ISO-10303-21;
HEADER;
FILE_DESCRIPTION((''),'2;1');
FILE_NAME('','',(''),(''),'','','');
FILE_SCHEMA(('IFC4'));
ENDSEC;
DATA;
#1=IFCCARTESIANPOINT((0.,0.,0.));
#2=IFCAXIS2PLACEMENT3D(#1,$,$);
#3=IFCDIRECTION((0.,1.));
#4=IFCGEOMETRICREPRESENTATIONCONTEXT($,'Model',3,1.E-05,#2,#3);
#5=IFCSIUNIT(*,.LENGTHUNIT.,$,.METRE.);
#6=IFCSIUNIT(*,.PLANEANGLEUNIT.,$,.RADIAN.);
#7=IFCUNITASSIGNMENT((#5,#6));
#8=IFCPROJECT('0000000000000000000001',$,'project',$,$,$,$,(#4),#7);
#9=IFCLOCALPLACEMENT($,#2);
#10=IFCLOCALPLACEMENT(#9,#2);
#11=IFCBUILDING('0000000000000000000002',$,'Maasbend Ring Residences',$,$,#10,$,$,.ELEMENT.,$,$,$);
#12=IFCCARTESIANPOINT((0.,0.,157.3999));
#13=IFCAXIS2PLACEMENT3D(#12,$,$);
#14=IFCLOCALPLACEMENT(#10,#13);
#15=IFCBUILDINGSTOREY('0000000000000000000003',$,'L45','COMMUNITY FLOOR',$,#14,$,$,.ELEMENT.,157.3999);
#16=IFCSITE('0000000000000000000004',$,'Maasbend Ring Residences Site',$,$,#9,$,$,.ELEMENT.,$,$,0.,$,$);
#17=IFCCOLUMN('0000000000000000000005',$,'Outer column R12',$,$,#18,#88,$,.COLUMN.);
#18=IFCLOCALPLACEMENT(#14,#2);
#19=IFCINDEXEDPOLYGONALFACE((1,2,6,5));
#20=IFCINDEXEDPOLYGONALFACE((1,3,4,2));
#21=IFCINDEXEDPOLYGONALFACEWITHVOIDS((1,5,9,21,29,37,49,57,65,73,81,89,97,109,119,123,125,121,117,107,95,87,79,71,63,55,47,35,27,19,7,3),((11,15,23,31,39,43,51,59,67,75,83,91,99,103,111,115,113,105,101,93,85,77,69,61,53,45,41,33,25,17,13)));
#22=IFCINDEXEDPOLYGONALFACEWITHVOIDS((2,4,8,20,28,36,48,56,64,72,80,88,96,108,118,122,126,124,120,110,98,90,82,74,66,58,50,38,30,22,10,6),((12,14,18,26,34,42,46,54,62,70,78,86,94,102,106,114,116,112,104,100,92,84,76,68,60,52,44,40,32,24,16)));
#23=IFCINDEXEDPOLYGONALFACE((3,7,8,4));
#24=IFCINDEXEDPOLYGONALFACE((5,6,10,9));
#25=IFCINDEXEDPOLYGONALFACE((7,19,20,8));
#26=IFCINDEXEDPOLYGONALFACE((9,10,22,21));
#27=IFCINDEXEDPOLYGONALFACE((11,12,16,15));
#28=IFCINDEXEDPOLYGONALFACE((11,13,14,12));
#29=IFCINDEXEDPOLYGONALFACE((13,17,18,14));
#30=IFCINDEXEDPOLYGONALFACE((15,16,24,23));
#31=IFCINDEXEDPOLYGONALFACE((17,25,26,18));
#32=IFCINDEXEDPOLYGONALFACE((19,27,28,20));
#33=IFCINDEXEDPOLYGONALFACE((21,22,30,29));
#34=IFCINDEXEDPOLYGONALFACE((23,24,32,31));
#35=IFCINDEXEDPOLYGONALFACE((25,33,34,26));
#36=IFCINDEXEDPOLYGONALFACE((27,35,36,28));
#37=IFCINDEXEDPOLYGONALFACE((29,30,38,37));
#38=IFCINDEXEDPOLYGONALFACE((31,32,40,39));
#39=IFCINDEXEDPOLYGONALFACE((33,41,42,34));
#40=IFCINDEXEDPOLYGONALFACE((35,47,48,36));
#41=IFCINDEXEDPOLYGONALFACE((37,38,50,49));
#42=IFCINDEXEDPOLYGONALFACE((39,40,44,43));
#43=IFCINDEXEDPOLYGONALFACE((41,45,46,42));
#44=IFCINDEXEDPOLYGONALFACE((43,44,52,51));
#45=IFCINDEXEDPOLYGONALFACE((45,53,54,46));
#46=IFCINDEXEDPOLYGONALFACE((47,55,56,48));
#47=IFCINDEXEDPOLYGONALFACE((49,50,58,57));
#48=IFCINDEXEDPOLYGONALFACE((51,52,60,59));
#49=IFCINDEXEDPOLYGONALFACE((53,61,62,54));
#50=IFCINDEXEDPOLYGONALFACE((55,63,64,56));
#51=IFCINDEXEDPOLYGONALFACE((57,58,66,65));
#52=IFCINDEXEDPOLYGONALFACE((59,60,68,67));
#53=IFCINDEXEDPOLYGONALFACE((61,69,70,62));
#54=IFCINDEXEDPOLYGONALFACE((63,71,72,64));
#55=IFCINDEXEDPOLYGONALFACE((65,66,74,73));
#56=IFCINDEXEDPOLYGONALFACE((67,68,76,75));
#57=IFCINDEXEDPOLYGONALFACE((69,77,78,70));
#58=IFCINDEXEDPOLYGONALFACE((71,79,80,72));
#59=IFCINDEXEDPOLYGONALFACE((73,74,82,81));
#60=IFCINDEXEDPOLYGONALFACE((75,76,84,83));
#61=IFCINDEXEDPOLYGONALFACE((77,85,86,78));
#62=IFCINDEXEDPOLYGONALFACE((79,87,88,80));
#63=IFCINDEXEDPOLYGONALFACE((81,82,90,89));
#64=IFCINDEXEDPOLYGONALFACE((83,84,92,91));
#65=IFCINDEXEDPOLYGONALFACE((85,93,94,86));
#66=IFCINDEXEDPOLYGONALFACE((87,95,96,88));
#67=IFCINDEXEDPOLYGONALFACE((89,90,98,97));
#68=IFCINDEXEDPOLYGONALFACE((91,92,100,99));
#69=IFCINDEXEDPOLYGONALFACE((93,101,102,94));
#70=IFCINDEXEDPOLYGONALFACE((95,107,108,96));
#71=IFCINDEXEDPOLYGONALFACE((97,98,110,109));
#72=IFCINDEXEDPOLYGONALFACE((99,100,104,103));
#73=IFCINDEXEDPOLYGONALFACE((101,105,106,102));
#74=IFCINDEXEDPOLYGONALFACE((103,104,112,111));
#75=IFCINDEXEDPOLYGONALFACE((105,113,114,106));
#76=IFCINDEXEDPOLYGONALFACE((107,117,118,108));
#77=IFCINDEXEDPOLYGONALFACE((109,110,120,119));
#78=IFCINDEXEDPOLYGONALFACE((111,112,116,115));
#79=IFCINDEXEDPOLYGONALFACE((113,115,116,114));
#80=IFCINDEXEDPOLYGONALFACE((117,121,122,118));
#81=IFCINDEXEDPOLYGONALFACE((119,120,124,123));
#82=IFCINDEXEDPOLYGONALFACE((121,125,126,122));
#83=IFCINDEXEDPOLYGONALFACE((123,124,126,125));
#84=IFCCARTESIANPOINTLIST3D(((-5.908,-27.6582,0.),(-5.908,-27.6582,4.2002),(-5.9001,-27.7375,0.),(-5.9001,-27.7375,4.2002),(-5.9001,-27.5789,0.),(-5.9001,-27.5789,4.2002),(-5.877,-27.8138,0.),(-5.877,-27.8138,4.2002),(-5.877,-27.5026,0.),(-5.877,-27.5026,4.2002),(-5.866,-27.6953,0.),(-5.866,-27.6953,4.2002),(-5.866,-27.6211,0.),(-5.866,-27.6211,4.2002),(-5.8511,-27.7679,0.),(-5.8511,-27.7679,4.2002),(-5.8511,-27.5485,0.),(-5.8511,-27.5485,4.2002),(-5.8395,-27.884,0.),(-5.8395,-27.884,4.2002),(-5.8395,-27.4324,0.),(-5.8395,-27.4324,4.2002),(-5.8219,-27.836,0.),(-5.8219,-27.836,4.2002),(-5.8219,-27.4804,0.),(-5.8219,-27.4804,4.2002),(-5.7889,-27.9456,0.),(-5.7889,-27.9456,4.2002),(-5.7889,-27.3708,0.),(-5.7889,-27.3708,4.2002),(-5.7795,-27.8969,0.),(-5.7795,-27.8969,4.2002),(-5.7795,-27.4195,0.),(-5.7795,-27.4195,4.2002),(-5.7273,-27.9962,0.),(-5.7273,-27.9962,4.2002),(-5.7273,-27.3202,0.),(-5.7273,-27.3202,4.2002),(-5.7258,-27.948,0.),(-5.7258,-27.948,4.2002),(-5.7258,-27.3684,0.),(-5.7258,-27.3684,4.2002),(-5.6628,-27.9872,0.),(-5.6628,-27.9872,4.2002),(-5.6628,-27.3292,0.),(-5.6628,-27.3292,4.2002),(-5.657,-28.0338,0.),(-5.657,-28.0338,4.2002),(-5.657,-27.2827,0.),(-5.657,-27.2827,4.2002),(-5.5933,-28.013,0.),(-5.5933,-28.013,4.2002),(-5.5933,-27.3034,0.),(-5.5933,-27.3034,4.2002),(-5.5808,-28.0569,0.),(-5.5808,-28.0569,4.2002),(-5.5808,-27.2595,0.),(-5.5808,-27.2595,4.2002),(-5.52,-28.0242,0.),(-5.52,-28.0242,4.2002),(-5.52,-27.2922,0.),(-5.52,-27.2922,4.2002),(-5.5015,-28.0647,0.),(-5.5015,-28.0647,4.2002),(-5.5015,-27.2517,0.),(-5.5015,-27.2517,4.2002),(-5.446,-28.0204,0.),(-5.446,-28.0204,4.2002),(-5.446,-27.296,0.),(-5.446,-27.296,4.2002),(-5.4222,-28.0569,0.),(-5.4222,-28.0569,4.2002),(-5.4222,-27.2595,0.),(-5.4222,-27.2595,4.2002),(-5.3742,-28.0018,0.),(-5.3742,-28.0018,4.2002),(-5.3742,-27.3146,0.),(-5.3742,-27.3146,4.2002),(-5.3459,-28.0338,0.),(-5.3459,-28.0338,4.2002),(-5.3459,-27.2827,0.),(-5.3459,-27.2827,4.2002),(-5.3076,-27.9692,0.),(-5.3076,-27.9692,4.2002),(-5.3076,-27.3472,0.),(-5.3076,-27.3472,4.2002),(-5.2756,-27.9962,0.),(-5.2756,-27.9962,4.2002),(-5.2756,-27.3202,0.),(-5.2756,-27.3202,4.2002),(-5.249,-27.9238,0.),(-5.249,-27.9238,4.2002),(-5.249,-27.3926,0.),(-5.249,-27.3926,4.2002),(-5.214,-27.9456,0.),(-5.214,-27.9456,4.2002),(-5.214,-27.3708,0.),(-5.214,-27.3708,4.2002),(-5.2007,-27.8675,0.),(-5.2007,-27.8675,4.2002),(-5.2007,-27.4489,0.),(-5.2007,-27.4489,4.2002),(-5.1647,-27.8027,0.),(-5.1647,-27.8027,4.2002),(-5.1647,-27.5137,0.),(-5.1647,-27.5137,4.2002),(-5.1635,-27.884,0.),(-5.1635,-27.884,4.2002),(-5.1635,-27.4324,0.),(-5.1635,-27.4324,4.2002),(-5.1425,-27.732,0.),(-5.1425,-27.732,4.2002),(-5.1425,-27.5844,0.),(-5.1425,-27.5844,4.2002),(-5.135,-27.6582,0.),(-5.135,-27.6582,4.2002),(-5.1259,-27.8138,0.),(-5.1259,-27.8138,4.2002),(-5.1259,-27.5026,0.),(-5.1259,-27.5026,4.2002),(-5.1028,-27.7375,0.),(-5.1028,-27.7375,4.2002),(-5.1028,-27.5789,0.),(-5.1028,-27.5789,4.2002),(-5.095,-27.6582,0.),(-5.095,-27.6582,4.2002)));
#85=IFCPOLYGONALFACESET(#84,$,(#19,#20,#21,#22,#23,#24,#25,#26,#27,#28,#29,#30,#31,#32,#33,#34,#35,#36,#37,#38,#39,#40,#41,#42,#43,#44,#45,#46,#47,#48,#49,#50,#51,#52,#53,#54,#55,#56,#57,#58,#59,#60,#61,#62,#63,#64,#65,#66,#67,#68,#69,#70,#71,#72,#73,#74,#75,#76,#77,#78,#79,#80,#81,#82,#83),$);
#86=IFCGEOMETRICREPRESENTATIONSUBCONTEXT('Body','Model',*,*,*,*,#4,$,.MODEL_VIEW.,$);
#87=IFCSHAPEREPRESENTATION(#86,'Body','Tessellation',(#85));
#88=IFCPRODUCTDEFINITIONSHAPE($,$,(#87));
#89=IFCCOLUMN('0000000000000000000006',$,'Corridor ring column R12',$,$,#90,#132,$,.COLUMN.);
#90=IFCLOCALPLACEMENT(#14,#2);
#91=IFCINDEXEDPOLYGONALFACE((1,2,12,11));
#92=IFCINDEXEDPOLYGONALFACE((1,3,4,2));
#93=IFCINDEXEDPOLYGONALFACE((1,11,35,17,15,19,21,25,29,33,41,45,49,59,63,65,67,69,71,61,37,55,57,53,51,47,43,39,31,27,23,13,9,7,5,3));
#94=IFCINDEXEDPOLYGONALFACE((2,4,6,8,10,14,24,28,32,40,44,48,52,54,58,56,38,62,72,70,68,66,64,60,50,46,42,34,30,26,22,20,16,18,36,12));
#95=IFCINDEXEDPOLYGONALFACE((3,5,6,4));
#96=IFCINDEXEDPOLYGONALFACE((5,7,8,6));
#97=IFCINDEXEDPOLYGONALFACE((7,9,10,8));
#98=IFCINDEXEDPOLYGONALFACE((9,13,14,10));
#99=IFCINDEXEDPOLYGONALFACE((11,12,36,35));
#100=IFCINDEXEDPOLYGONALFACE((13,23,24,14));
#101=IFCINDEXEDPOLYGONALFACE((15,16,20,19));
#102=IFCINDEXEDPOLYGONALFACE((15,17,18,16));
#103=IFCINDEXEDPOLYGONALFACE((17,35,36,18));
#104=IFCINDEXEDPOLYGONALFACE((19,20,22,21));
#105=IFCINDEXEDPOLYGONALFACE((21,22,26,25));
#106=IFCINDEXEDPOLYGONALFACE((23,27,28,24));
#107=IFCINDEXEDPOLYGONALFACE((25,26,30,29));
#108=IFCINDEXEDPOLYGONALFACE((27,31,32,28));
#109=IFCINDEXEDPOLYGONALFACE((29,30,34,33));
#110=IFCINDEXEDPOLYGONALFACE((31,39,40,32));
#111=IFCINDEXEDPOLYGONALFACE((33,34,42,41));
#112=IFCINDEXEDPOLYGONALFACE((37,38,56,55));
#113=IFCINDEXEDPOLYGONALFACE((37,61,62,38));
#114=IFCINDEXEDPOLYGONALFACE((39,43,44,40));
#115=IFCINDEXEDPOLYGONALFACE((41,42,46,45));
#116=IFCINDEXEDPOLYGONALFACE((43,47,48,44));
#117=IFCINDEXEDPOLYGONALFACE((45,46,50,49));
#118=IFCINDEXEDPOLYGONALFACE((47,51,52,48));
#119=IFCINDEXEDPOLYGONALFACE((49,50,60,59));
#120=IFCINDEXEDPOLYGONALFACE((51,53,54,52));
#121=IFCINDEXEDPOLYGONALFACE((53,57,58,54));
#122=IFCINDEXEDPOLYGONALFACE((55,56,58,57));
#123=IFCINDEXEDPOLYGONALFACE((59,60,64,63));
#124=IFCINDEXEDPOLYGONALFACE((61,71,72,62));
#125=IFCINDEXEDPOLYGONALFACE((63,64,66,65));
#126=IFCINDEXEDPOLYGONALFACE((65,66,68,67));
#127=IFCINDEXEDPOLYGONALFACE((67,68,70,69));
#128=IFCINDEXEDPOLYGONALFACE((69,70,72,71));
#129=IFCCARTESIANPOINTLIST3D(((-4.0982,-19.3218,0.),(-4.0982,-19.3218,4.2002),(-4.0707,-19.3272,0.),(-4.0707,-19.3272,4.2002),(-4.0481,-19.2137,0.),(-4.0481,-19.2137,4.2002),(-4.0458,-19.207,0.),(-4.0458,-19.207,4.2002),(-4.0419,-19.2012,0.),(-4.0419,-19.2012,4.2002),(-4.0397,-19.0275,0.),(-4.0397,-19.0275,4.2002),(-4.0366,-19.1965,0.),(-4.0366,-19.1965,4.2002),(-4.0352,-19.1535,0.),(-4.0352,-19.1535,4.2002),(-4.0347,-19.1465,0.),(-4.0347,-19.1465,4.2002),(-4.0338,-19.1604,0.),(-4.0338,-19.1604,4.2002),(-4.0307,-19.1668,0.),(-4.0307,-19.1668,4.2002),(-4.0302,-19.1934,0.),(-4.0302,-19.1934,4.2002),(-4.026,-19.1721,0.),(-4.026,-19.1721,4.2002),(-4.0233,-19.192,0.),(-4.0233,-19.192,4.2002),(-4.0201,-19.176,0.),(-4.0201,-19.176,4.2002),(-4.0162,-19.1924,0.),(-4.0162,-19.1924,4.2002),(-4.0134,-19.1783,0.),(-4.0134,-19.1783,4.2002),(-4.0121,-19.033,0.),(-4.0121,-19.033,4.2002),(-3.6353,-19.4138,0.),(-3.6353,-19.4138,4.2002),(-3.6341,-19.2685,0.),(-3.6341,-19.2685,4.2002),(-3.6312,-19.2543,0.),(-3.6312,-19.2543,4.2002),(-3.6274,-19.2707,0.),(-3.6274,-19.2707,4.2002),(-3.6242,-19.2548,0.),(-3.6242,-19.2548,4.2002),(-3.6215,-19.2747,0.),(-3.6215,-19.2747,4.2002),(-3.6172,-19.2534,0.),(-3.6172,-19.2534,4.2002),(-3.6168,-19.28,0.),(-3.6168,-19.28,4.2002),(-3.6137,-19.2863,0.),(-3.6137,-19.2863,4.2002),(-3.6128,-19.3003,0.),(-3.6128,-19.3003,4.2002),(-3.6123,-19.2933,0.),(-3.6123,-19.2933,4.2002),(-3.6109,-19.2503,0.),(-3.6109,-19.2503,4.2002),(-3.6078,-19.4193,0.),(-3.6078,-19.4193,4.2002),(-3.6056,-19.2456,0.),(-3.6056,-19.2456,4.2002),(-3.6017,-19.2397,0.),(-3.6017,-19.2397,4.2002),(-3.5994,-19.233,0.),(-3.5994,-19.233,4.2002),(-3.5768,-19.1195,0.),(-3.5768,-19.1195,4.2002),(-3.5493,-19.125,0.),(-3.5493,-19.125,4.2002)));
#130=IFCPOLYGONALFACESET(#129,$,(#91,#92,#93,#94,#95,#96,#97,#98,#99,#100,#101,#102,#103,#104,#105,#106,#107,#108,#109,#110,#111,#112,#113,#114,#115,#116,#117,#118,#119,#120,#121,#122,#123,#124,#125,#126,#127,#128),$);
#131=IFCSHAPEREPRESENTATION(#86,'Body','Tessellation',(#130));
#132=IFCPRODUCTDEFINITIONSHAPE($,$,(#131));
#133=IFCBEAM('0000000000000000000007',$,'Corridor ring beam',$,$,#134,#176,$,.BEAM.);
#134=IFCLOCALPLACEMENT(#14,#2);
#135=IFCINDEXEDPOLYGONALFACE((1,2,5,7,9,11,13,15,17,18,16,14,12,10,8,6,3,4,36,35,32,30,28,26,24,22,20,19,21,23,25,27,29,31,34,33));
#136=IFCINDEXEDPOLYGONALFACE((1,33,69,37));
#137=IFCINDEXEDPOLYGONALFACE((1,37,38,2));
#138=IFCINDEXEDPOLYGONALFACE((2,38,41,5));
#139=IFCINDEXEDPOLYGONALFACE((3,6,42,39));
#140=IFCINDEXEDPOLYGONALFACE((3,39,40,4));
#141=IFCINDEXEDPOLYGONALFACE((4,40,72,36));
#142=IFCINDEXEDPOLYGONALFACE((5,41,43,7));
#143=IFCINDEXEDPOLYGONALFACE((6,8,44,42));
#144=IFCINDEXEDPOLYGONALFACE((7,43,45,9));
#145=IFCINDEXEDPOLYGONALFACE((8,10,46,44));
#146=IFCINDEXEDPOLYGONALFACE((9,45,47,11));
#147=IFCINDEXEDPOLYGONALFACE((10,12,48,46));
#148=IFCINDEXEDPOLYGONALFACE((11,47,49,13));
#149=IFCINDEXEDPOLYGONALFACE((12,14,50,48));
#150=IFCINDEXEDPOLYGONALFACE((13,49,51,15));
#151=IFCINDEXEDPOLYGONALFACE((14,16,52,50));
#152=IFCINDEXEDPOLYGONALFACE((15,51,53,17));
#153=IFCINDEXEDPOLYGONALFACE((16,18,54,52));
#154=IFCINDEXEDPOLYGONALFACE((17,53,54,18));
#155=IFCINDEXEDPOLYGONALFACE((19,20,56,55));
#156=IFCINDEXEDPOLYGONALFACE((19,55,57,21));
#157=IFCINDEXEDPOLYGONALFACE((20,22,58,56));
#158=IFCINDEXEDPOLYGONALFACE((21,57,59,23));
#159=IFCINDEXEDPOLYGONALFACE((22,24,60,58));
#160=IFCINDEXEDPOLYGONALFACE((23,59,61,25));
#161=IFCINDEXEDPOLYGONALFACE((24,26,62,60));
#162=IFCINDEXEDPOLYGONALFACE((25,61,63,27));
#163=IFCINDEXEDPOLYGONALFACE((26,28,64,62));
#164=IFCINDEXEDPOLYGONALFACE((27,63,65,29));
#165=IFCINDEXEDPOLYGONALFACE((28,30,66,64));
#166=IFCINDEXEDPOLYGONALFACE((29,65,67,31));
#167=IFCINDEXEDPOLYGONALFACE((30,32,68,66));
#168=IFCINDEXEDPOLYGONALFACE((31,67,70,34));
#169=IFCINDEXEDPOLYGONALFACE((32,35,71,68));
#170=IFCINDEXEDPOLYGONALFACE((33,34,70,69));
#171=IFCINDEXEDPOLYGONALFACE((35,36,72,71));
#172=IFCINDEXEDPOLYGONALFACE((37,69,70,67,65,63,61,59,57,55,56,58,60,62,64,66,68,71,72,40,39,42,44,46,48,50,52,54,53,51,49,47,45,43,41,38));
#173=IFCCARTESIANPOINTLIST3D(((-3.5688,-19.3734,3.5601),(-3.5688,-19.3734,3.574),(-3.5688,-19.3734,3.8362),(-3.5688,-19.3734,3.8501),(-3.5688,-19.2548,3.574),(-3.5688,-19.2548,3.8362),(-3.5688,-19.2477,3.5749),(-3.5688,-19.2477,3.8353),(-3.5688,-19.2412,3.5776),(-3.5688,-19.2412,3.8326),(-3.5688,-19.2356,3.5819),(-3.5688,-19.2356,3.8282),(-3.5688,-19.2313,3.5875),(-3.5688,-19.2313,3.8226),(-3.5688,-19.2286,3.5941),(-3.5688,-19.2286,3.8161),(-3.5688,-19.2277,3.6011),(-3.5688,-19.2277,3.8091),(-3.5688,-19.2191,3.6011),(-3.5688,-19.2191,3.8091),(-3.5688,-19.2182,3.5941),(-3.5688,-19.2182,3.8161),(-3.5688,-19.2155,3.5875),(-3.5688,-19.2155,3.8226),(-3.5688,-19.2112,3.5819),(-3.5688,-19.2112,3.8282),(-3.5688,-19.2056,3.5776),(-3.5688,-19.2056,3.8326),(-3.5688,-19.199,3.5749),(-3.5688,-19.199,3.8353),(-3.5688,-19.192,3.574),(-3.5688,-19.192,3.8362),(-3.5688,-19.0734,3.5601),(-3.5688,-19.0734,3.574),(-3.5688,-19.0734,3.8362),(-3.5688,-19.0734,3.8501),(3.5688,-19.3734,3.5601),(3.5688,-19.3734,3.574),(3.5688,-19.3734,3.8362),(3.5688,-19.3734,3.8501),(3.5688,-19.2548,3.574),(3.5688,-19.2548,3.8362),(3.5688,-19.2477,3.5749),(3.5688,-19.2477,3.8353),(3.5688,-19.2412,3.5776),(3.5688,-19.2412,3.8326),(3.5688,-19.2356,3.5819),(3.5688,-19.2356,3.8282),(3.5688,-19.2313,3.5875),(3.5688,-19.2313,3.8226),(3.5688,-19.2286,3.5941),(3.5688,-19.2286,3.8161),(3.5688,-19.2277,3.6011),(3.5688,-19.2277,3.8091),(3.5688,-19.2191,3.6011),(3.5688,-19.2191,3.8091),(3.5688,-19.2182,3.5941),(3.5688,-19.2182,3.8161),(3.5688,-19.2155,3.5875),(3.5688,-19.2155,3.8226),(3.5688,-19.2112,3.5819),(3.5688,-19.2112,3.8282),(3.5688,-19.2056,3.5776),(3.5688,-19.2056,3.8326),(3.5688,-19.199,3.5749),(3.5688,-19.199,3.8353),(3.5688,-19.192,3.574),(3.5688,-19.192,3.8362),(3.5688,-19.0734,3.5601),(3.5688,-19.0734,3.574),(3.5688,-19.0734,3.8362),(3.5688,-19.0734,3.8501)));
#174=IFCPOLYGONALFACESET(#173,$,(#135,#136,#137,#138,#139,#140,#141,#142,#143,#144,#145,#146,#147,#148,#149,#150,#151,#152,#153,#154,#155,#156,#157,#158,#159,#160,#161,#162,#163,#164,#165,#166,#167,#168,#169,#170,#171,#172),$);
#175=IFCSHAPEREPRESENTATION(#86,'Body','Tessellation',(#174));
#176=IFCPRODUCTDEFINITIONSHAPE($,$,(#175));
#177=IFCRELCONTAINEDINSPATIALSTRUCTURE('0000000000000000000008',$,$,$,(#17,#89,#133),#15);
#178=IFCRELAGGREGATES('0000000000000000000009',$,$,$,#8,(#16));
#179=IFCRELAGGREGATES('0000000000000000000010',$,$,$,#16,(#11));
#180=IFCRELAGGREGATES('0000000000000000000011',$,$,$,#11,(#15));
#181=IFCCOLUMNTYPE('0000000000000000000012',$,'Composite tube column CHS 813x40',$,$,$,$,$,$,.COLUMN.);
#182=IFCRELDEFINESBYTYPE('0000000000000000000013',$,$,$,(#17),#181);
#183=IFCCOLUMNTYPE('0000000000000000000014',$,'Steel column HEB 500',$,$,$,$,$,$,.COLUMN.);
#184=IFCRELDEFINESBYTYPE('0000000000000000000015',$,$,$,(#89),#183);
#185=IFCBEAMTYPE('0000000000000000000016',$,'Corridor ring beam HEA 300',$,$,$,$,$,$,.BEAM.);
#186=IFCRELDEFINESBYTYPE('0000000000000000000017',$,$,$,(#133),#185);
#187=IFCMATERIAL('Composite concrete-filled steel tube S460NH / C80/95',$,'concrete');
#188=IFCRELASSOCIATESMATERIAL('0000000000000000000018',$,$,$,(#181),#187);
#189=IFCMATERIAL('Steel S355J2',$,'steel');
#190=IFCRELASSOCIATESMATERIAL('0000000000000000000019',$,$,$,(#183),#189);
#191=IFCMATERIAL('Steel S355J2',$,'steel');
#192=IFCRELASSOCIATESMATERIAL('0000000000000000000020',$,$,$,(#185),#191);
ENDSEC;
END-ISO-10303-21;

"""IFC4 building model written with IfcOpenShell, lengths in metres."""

from ifc_helpers import new_model, si_unit, direction, frame, origin, origin_2d, place, context, subcontext, project, spatial, hollow_circle, i_section, extrude, material, material_profile, profile_set, type_object, element, save


model = new_model("IFC4")

# Units and contexts
model_context = context("Model", 3, precision=1e-05, world=origin(), true_north=direction((0.0, 1.0)))
body_context = subcontext(model_context, "Body", "Model", "MODEL_VIEW")
ifc_project = project(units=[si_unit("LENGTHUNIT", "METRE"), si_unit("PLANEANGLEUNIT", "RADIAN")], contexts=[model_context])

# Site, building, storey
site_placement = place(None, origin())
site = spatial("IfcSite", under=ifc_project, at=site_placement, Name="Maasbend Ring Residences Site", CompositionType="ELEMENT", RefElevation=0.0)
building_placement = place(site_placement, origin())
building = spatial("IfcBuilding", under=site, at=building_placement, Name="Maasbend Ring Residences", CompositionType="ELEMENT")
storey_placement = place(building_placement, frame((0.0, 0.0, 157.3999)))
storey = spatial("IfcBuildingStorey", under=building, at=storey_placement, Name="L45", Description="COMMUNITY FLOOR", CompositionType="ELEMENT", Elevation=157.3999)

# Columns
ifc_material_1 = material(Name="Composite concrete-filled steel tube S460NH / C80/95", Category="concrete")
ifc_material_profile_1 = material_profile(ifc_material_1, hollow_circle(Radius=0.4065, WallThickness=0.04, at=origin_2d()), Name="Composite tube column CHS 813x40")
ifc_profile_set_1 = profile_set([ifc_material_profile_1], Name="Composite concrete-filled steel tube S460NH / C80/95")
column_type_1 = type_object("IfcColumnType", Name="Composite tube column CHS 813x40", PredefinedType="COLUMN", material=ifc_profile_set_1)
column_1_placement = place(storey_placement, frame((-5.5015, -27.6582, 0.0), z_axis=(0.0, 0.0, 1.0), x_axis=(1.0, 0.0, 0.0)))
element("IfcColumn", 1, at=column_1_placement, inside=storey, type_object=column_type_1, Name="Outer column R12", PredefinedType="COLUMN", context=body_context, shape_type="SweptSolid", body=[
    extrude(hollow_circle(Radius=0.4065, WallThickness=0.04, at=origin_2d()), origin(), (0.0, 0.0, 1.0), 4.2002),
])
ifc_material_2 = material(Name="Steel S355J2", Category="steel")
ifc_material_profile_2 = material_profile(ifc_material_2, i_section(OverallWidth=0.3, OverallDepth=0.5, WebThickness=0.0144, FlangeThickness=0.0281, FilletRadius=0.0271, at=origin_2d()), Name="HEB 500")
ifc_profile_set_2 = profile_set([ifc_material_profile_2], Name="Steel S355J2")
column_type_2 = type_object("IfcColumnType", Name="Steel column HEB 500", PredefinedType="COLUMN", material=ifc_profile_set_2)
column_2_placement = place(storey_placement, frame((-3.8237, -19.2234, 0.0), z_axis=(0.0, 0.0, 1.0), x_axis=(-0.19509, -0.980785, 0.0)))
element("IfcColumn", 2, at=column_2_placement, inside=storey, type_object=column_type_2, Name="Corridor ring column R12", PredefinedType="COLUMN", context=body_context, shape_type="SweptSolid", body=[
    extrude(i_section(OverallWidth=0.3, OverallDepth=0.5, WebThickness=0.0144, FlangeThickness=0.0281, FilletRadius=0.0271, at=origin_2d()), origin(), (0.0, 0.0, 1.0), 4.2002),
])

# Beam
ifc_material_3 = material(Name="Steel S355J2", Category="steel")
ifc_material_profile_3 = material_profile(ifc_material_3, i_section(OverallWidth=0.3, OverallDepth=0.29, WebThickness=0.0085, FlangeThickness=0.0139, FilletRadius=0.0271, at=origin_2d()), Name="HEA 300")
ifc_profile_set_3 = profile_set([ifc_material_profile_3], Name="Steel S355J2")
beam_type_1 = type_object("IfcBeamType", Name="Corridor ring beam HEA 300", PredefinedType="BEAM", material=ifc_profile_set_3)
beam_1_placement = place(storey_placement, frame((-3.5688, -19.2234, 3.7051), z_axis=(1.0, 0.0, 0.0), x_axis=(0.0, 1.0, 0.0)))
element("IfcBeam", 3, at=beam_1_placement, inside=storey, type_object=beam_type_1, Name="Corridor ring beam", PredefinedType="BEAM", context=body_context, shape_type="SweptSolid", body=[
    extrude(i_section(OverallWidth=0.3, OverallDepth=0.29, WebThickness=0.0085, FlangeThickness=0.0139, FilletRadius=0.0271, at=origin_2d()), origin(), (0.0, 0.0, 1.0), 7.1377),
])

save(model, "model.ifc")
